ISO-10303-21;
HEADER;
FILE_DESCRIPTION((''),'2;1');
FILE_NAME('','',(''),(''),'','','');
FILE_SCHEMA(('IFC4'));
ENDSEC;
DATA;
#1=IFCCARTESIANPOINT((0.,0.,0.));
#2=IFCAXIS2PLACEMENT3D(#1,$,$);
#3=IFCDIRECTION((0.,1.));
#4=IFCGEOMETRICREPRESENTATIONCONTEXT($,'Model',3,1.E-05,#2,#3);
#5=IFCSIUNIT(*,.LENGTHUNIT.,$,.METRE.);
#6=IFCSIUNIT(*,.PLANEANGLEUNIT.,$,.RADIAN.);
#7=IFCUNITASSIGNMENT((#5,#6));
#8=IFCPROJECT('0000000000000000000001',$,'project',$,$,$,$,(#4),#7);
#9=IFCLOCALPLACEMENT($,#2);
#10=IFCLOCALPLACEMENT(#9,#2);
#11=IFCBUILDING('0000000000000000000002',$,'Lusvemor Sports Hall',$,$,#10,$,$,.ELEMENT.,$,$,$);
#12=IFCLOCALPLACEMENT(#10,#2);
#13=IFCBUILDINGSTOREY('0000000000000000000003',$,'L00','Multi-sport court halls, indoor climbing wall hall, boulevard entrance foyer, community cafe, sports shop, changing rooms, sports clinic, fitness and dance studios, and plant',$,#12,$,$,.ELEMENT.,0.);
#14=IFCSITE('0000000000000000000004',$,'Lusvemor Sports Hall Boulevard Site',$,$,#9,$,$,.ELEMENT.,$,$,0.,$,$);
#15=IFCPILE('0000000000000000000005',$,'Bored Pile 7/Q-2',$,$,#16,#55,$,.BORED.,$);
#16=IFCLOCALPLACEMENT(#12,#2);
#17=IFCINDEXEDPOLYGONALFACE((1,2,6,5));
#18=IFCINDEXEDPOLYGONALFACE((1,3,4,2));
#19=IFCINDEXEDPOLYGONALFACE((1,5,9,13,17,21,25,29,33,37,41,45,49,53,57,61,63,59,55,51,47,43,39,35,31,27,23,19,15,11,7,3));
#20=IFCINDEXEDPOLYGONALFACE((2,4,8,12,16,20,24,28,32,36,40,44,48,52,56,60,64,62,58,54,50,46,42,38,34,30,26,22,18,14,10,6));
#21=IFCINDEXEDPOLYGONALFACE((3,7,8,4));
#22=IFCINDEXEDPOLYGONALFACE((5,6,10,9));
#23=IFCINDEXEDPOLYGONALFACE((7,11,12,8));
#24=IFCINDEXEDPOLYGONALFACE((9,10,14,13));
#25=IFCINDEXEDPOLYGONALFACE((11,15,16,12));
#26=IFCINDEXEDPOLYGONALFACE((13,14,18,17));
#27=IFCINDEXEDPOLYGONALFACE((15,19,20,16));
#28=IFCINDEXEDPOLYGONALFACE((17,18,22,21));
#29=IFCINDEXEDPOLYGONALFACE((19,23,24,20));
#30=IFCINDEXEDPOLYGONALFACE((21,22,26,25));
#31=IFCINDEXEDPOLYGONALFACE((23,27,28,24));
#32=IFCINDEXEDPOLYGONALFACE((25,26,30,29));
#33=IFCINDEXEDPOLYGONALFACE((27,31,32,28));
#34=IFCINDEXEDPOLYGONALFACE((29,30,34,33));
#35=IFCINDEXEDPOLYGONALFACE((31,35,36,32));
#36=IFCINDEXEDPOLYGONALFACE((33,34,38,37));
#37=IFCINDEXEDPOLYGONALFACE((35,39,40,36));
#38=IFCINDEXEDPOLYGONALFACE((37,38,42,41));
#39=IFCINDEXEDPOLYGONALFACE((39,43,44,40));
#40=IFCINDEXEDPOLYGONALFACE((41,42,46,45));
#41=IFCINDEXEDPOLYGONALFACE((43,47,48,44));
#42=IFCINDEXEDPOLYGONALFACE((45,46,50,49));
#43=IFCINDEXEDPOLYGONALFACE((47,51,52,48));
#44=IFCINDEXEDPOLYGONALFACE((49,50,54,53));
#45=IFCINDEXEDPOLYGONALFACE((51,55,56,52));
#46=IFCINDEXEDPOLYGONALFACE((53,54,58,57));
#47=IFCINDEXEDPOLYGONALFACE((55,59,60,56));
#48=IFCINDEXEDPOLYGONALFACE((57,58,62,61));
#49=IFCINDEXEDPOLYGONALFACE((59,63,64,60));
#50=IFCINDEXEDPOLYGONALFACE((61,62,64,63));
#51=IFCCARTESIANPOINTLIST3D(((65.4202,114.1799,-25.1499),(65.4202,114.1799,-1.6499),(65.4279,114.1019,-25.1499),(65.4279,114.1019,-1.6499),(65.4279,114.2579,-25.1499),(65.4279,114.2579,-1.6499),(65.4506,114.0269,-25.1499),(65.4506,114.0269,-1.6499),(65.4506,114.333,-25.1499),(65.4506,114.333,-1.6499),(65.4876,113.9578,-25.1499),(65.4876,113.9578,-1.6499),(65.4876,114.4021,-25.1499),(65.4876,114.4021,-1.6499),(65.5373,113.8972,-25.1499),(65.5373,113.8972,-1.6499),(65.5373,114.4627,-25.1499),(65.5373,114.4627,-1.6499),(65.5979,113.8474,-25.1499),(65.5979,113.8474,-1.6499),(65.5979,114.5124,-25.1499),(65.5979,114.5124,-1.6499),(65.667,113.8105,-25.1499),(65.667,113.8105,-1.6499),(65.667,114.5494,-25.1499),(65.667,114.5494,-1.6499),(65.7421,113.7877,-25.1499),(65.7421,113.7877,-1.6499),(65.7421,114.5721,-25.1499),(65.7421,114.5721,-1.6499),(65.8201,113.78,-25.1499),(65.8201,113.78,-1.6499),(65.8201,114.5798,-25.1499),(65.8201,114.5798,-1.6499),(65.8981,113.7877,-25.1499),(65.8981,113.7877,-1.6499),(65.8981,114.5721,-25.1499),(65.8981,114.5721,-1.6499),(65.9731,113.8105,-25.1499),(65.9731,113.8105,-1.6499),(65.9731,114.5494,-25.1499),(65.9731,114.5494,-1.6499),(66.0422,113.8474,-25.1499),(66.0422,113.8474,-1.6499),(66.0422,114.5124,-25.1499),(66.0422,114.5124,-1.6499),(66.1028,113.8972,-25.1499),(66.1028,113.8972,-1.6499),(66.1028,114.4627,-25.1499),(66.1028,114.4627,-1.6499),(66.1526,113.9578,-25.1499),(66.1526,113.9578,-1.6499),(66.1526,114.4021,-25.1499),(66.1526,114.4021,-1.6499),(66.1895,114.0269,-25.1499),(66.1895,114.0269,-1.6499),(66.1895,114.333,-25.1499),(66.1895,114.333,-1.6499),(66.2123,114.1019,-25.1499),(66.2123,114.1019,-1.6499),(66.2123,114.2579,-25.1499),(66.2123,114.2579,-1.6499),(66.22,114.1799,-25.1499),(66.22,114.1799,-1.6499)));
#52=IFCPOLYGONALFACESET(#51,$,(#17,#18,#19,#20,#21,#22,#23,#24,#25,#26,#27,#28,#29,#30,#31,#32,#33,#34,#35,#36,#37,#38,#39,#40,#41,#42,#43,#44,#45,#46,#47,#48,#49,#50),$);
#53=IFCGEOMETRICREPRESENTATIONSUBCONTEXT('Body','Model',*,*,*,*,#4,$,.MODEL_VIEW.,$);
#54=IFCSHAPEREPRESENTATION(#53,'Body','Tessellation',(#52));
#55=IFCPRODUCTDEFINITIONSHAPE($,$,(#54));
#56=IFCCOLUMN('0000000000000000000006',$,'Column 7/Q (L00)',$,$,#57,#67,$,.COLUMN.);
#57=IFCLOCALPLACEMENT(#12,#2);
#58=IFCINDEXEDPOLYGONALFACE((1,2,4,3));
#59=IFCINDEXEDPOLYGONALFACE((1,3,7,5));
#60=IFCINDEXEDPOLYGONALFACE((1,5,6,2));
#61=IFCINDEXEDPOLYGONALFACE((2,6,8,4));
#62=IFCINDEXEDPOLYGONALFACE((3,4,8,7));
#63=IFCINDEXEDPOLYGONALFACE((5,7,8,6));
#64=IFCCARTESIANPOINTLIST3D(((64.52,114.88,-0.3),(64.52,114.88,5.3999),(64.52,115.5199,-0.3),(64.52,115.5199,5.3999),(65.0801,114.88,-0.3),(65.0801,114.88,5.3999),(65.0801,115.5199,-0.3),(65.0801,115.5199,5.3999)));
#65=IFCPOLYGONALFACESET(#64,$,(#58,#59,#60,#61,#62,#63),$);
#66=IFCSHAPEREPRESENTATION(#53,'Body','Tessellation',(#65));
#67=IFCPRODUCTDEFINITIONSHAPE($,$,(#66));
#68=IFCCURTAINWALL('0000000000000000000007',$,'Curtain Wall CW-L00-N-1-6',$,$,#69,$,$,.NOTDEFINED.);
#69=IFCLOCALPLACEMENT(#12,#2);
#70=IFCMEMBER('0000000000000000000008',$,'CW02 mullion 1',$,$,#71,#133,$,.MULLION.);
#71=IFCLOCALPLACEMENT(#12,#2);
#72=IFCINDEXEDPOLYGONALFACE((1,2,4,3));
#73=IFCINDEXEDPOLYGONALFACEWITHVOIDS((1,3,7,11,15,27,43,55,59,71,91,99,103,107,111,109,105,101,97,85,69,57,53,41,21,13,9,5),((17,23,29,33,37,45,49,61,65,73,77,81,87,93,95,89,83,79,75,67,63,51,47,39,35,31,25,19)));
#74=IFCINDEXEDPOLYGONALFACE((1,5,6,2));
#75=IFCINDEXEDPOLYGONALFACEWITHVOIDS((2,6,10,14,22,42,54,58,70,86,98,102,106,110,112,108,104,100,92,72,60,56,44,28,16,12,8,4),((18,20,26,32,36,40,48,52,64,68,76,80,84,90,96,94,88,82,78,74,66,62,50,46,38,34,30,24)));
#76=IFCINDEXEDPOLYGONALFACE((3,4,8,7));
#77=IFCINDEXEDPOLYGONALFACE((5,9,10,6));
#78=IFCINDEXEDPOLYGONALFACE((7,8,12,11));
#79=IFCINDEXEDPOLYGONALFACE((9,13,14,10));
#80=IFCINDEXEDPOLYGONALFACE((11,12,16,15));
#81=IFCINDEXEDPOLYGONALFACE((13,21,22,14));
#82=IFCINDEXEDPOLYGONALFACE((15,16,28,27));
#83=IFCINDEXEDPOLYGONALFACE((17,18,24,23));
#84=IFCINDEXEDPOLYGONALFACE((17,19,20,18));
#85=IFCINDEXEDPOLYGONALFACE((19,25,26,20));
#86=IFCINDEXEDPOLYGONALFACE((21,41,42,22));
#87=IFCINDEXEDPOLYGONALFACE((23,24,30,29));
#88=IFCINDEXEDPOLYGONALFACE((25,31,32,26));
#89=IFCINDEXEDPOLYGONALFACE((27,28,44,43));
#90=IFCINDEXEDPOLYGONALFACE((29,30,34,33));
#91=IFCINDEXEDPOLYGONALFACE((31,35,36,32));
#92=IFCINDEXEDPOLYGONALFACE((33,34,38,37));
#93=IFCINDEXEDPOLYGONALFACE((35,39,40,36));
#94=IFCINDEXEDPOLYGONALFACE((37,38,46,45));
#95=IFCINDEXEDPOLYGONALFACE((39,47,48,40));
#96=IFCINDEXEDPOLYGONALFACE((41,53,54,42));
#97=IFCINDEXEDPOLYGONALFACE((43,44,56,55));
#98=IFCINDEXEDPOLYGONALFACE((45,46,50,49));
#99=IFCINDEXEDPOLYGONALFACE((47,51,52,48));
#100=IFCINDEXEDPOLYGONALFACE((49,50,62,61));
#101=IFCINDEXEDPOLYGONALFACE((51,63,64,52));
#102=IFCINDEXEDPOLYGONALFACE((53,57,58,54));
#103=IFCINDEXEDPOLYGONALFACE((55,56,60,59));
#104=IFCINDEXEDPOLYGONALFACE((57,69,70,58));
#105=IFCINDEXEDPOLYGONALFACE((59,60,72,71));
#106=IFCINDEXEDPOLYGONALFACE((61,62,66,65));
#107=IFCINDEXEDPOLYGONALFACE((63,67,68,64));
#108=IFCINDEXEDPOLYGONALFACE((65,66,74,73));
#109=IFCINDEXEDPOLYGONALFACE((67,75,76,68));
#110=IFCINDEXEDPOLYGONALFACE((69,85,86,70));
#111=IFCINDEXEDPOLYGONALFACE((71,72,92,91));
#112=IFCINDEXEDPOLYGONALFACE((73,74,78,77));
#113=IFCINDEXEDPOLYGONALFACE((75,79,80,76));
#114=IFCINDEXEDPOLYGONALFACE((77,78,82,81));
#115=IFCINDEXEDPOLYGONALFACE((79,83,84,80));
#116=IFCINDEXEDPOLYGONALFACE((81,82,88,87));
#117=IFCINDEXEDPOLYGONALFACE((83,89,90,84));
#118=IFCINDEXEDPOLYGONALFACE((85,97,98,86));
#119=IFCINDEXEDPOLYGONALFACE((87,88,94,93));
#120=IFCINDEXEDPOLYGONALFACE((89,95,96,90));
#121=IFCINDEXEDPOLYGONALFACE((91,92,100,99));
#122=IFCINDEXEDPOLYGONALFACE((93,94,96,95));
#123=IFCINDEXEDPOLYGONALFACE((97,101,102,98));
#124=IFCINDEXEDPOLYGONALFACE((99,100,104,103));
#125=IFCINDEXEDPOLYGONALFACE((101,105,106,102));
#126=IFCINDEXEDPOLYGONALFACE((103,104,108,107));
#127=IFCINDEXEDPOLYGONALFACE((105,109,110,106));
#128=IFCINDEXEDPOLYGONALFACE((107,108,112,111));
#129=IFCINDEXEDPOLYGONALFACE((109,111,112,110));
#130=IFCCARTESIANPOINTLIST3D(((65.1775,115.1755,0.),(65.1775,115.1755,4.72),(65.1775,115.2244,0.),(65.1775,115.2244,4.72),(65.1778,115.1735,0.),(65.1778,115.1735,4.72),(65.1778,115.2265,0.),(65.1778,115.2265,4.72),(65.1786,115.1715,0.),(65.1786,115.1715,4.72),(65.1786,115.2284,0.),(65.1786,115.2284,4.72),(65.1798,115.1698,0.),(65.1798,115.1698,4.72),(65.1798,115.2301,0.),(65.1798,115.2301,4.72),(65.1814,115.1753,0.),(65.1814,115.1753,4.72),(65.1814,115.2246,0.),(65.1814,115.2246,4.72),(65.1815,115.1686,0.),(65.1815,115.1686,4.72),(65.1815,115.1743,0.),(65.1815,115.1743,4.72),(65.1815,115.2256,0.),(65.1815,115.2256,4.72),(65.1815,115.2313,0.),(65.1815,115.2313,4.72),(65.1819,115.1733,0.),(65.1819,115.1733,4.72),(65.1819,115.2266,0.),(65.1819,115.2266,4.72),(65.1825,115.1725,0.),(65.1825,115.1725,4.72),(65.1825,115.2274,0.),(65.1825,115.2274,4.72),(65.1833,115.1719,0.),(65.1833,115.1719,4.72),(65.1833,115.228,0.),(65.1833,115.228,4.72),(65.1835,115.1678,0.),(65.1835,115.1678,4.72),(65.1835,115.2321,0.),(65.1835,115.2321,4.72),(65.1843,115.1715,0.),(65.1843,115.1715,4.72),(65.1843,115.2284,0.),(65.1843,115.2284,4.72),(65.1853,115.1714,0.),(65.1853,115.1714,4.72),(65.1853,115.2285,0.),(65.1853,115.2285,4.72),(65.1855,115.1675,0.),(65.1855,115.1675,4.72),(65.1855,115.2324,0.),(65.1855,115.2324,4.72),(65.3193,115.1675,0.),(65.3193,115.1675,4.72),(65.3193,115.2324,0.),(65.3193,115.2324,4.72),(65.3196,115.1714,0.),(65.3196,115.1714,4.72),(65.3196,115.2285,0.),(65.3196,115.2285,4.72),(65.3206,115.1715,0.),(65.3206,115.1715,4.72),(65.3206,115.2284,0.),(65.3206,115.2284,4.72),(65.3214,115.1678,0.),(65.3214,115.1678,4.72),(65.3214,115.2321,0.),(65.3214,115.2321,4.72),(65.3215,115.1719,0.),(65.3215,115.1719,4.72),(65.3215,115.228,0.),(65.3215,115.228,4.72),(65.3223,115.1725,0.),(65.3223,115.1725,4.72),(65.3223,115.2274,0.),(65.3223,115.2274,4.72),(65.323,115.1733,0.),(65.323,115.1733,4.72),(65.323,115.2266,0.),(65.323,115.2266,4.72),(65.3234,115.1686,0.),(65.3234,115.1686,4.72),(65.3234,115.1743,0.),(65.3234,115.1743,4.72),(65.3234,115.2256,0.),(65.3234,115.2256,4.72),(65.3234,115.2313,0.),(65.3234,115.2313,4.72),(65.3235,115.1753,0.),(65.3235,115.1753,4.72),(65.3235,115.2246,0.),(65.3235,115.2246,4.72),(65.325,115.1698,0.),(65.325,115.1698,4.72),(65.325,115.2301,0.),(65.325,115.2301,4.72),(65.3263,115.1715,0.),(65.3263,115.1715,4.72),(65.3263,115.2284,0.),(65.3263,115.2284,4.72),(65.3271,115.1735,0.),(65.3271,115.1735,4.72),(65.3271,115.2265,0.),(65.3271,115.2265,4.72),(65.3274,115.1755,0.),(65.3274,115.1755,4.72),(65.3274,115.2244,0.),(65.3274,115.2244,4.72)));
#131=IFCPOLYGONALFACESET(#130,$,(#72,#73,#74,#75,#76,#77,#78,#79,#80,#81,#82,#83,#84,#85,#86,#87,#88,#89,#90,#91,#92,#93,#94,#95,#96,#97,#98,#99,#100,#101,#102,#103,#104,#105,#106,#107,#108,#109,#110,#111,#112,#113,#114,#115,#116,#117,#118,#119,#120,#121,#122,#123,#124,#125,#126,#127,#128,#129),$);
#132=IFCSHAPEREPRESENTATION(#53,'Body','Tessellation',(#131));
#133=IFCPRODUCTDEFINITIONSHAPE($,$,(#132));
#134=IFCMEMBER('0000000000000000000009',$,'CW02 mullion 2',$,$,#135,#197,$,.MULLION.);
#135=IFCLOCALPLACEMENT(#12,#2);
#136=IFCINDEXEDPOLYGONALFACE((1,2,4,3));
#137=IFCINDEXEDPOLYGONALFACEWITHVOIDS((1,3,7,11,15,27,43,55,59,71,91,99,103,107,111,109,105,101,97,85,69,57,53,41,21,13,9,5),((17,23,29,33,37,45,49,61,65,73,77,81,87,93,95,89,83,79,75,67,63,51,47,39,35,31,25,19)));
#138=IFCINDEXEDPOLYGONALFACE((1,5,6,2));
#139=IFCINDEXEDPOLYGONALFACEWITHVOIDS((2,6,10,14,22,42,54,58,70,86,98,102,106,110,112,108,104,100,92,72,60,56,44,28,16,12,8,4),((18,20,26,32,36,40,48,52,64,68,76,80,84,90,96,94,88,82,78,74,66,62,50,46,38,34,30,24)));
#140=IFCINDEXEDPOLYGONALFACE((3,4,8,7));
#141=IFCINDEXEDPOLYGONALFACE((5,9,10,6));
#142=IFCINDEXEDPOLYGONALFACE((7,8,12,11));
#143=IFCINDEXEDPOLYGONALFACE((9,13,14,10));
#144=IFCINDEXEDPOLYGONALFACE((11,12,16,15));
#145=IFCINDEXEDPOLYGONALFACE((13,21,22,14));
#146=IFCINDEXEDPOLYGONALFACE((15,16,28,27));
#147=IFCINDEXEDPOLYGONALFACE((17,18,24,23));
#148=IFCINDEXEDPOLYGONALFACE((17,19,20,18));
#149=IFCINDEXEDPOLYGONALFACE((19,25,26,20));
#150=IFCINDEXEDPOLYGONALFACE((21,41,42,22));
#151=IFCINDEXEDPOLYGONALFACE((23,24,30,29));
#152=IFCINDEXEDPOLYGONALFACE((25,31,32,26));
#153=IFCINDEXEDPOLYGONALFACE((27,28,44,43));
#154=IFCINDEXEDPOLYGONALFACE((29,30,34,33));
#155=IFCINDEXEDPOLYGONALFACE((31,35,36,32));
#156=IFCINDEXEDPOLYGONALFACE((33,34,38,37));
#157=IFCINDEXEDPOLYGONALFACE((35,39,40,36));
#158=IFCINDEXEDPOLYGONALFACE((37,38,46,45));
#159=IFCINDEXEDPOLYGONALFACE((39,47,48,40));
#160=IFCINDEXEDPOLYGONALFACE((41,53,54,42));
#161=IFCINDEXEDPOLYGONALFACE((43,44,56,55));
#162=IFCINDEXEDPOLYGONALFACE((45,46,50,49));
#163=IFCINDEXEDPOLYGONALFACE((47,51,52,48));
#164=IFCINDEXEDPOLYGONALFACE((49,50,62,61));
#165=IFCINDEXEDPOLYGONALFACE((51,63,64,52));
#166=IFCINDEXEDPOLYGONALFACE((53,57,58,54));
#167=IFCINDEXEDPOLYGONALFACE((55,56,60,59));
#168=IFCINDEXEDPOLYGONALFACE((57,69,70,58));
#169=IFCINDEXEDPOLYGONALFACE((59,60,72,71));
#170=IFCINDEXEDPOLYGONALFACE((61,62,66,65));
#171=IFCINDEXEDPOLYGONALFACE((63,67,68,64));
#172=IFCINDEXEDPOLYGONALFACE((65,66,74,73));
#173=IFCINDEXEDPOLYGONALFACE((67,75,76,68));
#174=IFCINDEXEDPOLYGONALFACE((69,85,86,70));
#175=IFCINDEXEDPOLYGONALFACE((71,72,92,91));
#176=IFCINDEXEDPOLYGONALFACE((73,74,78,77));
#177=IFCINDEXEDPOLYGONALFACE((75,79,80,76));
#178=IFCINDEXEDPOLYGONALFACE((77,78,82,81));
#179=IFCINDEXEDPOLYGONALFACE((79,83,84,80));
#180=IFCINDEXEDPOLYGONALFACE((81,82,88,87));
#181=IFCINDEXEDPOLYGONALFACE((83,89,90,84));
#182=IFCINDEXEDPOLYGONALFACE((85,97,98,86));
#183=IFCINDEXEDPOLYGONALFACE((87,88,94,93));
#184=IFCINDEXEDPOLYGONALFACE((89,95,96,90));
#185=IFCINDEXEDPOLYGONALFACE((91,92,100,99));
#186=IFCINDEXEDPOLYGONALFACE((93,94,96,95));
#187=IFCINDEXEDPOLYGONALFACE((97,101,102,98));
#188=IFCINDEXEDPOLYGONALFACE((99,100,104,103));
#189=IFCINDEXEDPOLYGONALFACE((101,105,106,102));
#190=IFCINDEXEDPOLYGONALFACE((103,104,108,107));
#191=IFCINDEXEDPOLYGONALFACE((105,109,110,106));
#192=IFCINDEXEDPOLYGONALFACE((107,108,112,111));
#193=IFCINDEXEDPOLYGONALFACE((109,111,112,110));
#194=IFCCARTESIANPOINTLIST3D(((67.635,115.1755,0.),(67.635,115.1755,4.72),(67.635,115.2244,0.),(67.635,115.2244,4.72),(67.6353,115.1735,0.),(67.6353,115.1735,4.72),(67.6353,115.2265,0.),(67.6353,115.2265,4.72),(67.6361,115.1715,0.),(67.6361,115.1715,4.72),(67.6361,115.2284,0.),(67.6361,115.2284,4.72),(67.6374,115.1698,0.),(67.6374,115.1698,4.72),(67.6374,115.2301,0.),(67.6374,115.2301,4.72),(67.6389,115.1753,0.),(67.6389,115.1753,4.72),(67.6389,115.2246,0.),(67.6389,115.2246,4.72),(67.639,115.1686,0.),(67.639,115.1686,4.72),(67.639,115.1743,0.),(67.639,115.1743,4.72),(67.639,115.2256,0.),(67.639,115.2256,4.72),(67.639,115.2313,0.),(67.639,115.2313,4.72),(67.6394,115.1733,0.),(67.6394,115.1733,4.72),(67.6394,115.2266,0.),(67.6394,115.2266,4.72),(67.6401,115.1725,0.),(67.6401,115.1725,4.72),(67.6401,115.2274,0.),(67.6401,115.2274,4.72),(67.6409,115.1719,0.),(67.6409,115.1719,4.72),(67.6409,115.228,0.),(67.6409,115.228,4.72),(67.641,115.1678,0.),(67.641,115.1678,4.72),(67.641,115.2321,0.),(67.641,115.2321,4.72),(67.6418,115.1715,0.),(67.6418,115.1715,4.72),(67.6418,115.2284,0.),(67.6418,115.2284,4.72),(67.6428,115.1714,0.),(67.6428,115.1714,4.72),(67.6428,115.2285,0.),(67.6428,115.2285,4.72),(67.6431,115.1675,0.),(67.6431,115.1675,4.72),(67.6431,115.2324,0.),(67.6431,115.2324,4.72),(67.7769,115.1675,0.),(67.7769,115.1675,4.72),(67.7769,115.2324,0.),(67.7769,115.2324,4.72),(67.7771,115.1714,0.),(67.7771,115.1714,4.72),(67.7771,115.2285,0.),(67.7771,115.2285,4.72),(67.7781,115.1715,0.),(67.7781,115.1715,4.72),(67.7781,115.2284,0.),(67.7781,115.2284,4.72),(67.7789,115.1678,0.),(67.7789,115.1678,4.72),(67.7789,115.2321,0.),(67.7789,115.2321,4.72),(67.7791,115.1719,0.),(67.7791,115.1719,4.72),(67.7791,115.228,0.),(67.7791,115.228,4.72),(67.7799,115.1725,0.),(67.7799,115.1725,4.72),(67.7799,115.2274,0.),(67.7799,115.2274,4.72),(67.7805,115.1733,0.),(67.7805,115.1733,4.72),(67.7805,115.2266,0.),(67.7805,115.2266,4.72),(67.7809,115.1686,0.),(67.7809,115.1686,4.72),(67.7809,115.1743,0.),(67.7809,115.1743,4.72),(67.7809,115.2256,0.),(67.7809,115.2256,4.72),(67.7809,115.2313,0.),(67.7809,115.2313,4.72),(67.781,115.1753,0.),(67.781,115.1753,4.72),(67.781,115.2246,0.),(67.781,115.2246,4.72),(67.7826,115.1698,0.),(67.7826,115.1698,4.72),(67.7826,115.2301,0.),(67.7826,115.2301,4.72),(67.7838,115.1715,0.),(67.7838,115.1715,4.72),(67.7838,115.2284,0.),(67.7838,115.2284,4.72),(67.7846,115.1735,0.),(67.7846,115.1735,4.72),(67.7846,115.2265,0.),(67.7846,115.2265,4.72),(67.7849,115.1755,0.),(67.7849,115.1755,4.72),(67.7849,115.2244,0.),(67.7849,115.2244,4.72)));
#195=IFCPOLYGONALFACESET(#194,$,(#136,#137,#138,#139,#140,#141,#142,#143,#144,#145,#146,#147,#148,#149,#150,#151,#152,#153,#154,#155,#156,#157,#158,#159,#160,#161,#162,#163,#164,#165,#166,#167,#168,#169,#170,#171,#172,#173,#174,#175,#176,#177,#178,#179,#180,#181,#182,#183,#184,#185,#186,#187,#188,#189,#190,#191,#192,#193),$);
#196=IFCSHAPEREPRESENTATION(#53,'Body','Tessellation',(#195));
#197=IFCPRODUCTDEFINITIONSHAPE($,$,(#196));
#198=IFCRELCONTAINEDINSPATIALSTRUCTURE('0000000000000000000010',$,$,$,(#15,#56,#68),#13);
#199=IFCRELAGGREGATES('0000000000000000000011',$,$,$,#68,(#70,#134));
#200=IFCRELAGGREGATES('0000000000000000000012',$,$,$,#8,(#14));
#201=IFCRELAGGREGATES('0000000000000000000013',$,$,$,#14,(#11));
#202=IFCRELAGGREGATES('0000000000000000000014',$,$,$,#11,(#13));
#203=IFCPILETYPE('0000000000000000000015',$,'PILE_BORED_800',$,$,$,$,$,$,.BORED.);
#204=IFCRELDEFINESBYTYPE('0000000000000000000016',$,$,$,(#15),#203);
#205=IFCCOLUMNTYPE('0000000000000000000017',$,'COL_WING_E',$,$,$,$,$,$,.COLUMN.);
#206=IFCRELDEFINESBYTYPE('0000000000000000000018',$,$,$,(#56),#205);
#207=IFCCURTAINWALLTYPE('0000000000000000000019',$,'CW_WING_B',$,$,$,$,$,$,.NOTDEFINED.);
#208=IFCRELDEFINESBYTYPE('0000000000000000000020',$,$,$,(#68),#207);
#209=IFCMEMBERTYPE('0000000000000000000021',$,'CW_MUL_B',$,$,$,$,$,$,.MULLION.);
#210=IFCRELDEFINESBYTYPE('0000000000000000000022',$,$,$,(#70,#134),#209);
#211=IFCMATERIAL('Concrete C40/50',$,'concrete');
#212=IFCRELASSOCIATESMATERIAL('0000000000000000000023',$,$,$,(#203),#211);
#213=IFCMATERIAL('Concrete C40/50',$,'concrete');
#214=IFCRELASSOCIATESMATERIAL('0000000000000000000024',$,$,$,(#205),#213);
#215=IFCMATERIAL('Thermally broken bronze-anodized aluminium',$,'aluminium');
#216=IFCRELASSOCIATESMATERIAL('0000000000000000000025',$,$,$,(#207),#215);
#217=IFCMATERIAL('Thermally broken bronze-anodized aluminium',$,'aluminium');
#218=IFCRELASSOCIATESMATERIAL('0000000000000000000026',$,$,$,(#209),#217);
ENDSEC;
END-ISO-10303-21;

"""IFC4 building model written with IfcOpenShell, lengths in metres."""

from ifc_helpers import new_model, si_unit, direction, frame, origin, origin_2d, place, context, subcontext, project, spatial, rectangle, hollow_rectangle, circle, extrude, material, material_profile, profile_set, type_object, element, aggregate, save


model = new_model("IFC4")

# Units and contexts
model_context = context("Model", 3, precision=1e-05, world=origin(), true_north=direction((0.0, 1.0)))
body_context = subcontext(model_context, "Body", "Model", "MODEL_VIEW")
ifc_project = project(units=[si_unit("LENGTHUNIT", "METRE"), si_unit("PLANEANGLEUNIT", "RADIAN")], contexts=[model_context])

# Site, building, storey
site_placement = place(None, origin())
site = spatial("IfcSite", under=ifc_project, at=site_placement, Name="Lusvemor Sports Hall Boulevard Site", CompositionType="ELEMENT", RefElevation=0.0)
building_placement = place(site_placement, origin())
building = spatial("IfcBuilding", under=site, at=building_placement, Name="Lusvemor Sports Hall", CompositionType="ELEMENT")
storey_placement = place(building_placement, origin())
storey = spatial("IfcBuildingStorey", under=building, at=storey_placement, Name="L00", Description="Multi-sport court halls, indoor climbing wall hall, boulevard entrance foyer, community cafe, sports shop, changing rooms, sports clinic, fitness and dance studios, and plant", CompositionType="ELEMENT", Elevation=0.0)

# Pile
ifc_material_1 = material(Name="Concrete C40/50", Category="concrete")
ifc_material_profile_1 = material_profile(ifc_material_1, circle(Radius=0.3999, at=origin_2d()), Name="PILE800")
ifc_profile_set_1 = profile_set([ifc_material_profile_1], Name="Concrete C40/50")
pile_type_1 = type_object("IfcPileType", Name="PILE_BORED_800", PredefinedType="BORED", material=ifc_profile_set_1)
for number, where, z_axis, x_axis, name in (
    (1, (65.8201, 114.1799, -1.6499), (0.0, 0.0, -1.0), (1.0, 0.0, 0.0), "Bored Pile 7/Q-2"),
):
    element("IfcPile", number, at=place(storey_placement, frame(where, z_axis=z_axis, x_axis=x_axis)), inside=storey, type_object=pile_type_1, Name=name, PredefinedType="BORED", context=body_context, shape_type="SweptSolid", body=[
        extrude(circle(Radius=0.3999, at=origin_2d()), origin(), (0.0, 0.0, 1.0), 23.5),
    ])

# Column
ifc_material_2 = material(Name="Concrete C40/50", Category="concrete")
ifc_material_profile_2 = material_profile(ifc_material_2, rectangle(XDim=0.5601, YDim=0.6399, at=origin_2d()), Name="RC560x640")
ifc_profile_set_2 = profile_set([ifc_material_profile_2], Name="Concrete C40/50")
column_type = type_object("IfcColumnType", Name="COL_WING_E", PredefinedType="COLUMN", material=ifc_profile_set_2)
column_placement = place(storey_placement, frame((64.8, 115.2, -0.3), z_axis=(0.0, 0.0, 1.0), x_axis=(1.0, 0.0, 0.0)))
element("IfcColumn", 2, at=column_placement, inside=storey, type_object=column_type, Name="Column 7/Q (L00)", PredefinedType="COLUMN", context=body_context, shape_type="SweptSolid", body=[
    extrude(rectangle(XDim=0.5601, YDim=0.6399, at=origin_2d()), origin(), (0.0, 0.0, 1.0), 5.7),
])

# Curtain wall, members
ifc_material_3 = material(Name="Thermally broken bronze-anodized aluminium", Category="aluminium")
curtain_wall_type = type_object("IfcCurtainWallType", Name="CW_WING_B", PredefinedType="NOTDEFINED", material=ifc_material_3)
curtain_wall_1_placement = place(storey_placement, origin())
curtain_wall_1 = element("IfcCurtainWall", 3, at=curtain_wall_1_placement, inside=storey, type_object=curtain_wall_type, Name="Curtain Wall CW-L00-N-1-6", PredefinedType="NOTDEFINED")
ifc_material_4 = material(Name="Thermally broken bronze-anodized aluminium", Category="aluminium")
ifc_material_profile_3 = material_profile(ifc_material_4, hollow_rectangle(XDim=0.0649, YDim=0.1499, WallThickness=0.0039, InnerFilletRadius=0.0039, OuterFilletRadius=0.0081, at=origin_2d()), Name="CWMUL150x65x4")
ifc_profile_set_3 = profile_set([ifc_material_profile_3], Name="Thermally broken bronze-anodized aluminium")
member_type_1 = type_object("IfcMemberType", Name="CW_MUL_B", PredefinedType="MULLION", material=ifc_profile_set_3)
member_1_placement = place(storey_placement, frame((65.2524, 115.2, 0.0), z_axis=(0.0, 0.0, 1.0), x_axis=(0.0, 1.0, 0.0)))
member_1 = element("IfcMember", 4, at=member_1_placement, type_object=member_type_1, Name="CW02 mullion 1", PredefinedType="MULLION", context=body_context, shape_type="SweptSolid", body=[
    extrude(hollow_rectangle(XDim=0.0649, YDim=0.1499, WallThickness=0.0039, InnerFilletRadius=0.0039, OuterFilletRadius=0.0081, at=origin_2d()), origin(), (0.0, 0.0, 1.0), 4.72),
])
member_2_placement = place(storey_placement, frame((67.71, 115.2, 0.0), z_axis=(0.0, 0.0, 1.0), x_axis=(0.0, 1.0, 0.0)))
member_2 = element("IfcMember", 5, at=member_2_placement, type_object=member_type_1, Name="CW02 mullion 2", PredefinedType="MULLION", context=body_context, shape_type="SweptSolid", body=[
    extrude(hollow_rectangle(XDim=0.0649, YDim=0.1499, WallThickness=0.0039, InnerFilletRadius=0.0039, OuterFilletRadius=0.0081, at=origin_2d()), origin(), (0.0, 0.0, 1.0), 4.72),
])

aggregate(curtain_wall_1, [member_1, member_2])

save(model, "model.ifc")
